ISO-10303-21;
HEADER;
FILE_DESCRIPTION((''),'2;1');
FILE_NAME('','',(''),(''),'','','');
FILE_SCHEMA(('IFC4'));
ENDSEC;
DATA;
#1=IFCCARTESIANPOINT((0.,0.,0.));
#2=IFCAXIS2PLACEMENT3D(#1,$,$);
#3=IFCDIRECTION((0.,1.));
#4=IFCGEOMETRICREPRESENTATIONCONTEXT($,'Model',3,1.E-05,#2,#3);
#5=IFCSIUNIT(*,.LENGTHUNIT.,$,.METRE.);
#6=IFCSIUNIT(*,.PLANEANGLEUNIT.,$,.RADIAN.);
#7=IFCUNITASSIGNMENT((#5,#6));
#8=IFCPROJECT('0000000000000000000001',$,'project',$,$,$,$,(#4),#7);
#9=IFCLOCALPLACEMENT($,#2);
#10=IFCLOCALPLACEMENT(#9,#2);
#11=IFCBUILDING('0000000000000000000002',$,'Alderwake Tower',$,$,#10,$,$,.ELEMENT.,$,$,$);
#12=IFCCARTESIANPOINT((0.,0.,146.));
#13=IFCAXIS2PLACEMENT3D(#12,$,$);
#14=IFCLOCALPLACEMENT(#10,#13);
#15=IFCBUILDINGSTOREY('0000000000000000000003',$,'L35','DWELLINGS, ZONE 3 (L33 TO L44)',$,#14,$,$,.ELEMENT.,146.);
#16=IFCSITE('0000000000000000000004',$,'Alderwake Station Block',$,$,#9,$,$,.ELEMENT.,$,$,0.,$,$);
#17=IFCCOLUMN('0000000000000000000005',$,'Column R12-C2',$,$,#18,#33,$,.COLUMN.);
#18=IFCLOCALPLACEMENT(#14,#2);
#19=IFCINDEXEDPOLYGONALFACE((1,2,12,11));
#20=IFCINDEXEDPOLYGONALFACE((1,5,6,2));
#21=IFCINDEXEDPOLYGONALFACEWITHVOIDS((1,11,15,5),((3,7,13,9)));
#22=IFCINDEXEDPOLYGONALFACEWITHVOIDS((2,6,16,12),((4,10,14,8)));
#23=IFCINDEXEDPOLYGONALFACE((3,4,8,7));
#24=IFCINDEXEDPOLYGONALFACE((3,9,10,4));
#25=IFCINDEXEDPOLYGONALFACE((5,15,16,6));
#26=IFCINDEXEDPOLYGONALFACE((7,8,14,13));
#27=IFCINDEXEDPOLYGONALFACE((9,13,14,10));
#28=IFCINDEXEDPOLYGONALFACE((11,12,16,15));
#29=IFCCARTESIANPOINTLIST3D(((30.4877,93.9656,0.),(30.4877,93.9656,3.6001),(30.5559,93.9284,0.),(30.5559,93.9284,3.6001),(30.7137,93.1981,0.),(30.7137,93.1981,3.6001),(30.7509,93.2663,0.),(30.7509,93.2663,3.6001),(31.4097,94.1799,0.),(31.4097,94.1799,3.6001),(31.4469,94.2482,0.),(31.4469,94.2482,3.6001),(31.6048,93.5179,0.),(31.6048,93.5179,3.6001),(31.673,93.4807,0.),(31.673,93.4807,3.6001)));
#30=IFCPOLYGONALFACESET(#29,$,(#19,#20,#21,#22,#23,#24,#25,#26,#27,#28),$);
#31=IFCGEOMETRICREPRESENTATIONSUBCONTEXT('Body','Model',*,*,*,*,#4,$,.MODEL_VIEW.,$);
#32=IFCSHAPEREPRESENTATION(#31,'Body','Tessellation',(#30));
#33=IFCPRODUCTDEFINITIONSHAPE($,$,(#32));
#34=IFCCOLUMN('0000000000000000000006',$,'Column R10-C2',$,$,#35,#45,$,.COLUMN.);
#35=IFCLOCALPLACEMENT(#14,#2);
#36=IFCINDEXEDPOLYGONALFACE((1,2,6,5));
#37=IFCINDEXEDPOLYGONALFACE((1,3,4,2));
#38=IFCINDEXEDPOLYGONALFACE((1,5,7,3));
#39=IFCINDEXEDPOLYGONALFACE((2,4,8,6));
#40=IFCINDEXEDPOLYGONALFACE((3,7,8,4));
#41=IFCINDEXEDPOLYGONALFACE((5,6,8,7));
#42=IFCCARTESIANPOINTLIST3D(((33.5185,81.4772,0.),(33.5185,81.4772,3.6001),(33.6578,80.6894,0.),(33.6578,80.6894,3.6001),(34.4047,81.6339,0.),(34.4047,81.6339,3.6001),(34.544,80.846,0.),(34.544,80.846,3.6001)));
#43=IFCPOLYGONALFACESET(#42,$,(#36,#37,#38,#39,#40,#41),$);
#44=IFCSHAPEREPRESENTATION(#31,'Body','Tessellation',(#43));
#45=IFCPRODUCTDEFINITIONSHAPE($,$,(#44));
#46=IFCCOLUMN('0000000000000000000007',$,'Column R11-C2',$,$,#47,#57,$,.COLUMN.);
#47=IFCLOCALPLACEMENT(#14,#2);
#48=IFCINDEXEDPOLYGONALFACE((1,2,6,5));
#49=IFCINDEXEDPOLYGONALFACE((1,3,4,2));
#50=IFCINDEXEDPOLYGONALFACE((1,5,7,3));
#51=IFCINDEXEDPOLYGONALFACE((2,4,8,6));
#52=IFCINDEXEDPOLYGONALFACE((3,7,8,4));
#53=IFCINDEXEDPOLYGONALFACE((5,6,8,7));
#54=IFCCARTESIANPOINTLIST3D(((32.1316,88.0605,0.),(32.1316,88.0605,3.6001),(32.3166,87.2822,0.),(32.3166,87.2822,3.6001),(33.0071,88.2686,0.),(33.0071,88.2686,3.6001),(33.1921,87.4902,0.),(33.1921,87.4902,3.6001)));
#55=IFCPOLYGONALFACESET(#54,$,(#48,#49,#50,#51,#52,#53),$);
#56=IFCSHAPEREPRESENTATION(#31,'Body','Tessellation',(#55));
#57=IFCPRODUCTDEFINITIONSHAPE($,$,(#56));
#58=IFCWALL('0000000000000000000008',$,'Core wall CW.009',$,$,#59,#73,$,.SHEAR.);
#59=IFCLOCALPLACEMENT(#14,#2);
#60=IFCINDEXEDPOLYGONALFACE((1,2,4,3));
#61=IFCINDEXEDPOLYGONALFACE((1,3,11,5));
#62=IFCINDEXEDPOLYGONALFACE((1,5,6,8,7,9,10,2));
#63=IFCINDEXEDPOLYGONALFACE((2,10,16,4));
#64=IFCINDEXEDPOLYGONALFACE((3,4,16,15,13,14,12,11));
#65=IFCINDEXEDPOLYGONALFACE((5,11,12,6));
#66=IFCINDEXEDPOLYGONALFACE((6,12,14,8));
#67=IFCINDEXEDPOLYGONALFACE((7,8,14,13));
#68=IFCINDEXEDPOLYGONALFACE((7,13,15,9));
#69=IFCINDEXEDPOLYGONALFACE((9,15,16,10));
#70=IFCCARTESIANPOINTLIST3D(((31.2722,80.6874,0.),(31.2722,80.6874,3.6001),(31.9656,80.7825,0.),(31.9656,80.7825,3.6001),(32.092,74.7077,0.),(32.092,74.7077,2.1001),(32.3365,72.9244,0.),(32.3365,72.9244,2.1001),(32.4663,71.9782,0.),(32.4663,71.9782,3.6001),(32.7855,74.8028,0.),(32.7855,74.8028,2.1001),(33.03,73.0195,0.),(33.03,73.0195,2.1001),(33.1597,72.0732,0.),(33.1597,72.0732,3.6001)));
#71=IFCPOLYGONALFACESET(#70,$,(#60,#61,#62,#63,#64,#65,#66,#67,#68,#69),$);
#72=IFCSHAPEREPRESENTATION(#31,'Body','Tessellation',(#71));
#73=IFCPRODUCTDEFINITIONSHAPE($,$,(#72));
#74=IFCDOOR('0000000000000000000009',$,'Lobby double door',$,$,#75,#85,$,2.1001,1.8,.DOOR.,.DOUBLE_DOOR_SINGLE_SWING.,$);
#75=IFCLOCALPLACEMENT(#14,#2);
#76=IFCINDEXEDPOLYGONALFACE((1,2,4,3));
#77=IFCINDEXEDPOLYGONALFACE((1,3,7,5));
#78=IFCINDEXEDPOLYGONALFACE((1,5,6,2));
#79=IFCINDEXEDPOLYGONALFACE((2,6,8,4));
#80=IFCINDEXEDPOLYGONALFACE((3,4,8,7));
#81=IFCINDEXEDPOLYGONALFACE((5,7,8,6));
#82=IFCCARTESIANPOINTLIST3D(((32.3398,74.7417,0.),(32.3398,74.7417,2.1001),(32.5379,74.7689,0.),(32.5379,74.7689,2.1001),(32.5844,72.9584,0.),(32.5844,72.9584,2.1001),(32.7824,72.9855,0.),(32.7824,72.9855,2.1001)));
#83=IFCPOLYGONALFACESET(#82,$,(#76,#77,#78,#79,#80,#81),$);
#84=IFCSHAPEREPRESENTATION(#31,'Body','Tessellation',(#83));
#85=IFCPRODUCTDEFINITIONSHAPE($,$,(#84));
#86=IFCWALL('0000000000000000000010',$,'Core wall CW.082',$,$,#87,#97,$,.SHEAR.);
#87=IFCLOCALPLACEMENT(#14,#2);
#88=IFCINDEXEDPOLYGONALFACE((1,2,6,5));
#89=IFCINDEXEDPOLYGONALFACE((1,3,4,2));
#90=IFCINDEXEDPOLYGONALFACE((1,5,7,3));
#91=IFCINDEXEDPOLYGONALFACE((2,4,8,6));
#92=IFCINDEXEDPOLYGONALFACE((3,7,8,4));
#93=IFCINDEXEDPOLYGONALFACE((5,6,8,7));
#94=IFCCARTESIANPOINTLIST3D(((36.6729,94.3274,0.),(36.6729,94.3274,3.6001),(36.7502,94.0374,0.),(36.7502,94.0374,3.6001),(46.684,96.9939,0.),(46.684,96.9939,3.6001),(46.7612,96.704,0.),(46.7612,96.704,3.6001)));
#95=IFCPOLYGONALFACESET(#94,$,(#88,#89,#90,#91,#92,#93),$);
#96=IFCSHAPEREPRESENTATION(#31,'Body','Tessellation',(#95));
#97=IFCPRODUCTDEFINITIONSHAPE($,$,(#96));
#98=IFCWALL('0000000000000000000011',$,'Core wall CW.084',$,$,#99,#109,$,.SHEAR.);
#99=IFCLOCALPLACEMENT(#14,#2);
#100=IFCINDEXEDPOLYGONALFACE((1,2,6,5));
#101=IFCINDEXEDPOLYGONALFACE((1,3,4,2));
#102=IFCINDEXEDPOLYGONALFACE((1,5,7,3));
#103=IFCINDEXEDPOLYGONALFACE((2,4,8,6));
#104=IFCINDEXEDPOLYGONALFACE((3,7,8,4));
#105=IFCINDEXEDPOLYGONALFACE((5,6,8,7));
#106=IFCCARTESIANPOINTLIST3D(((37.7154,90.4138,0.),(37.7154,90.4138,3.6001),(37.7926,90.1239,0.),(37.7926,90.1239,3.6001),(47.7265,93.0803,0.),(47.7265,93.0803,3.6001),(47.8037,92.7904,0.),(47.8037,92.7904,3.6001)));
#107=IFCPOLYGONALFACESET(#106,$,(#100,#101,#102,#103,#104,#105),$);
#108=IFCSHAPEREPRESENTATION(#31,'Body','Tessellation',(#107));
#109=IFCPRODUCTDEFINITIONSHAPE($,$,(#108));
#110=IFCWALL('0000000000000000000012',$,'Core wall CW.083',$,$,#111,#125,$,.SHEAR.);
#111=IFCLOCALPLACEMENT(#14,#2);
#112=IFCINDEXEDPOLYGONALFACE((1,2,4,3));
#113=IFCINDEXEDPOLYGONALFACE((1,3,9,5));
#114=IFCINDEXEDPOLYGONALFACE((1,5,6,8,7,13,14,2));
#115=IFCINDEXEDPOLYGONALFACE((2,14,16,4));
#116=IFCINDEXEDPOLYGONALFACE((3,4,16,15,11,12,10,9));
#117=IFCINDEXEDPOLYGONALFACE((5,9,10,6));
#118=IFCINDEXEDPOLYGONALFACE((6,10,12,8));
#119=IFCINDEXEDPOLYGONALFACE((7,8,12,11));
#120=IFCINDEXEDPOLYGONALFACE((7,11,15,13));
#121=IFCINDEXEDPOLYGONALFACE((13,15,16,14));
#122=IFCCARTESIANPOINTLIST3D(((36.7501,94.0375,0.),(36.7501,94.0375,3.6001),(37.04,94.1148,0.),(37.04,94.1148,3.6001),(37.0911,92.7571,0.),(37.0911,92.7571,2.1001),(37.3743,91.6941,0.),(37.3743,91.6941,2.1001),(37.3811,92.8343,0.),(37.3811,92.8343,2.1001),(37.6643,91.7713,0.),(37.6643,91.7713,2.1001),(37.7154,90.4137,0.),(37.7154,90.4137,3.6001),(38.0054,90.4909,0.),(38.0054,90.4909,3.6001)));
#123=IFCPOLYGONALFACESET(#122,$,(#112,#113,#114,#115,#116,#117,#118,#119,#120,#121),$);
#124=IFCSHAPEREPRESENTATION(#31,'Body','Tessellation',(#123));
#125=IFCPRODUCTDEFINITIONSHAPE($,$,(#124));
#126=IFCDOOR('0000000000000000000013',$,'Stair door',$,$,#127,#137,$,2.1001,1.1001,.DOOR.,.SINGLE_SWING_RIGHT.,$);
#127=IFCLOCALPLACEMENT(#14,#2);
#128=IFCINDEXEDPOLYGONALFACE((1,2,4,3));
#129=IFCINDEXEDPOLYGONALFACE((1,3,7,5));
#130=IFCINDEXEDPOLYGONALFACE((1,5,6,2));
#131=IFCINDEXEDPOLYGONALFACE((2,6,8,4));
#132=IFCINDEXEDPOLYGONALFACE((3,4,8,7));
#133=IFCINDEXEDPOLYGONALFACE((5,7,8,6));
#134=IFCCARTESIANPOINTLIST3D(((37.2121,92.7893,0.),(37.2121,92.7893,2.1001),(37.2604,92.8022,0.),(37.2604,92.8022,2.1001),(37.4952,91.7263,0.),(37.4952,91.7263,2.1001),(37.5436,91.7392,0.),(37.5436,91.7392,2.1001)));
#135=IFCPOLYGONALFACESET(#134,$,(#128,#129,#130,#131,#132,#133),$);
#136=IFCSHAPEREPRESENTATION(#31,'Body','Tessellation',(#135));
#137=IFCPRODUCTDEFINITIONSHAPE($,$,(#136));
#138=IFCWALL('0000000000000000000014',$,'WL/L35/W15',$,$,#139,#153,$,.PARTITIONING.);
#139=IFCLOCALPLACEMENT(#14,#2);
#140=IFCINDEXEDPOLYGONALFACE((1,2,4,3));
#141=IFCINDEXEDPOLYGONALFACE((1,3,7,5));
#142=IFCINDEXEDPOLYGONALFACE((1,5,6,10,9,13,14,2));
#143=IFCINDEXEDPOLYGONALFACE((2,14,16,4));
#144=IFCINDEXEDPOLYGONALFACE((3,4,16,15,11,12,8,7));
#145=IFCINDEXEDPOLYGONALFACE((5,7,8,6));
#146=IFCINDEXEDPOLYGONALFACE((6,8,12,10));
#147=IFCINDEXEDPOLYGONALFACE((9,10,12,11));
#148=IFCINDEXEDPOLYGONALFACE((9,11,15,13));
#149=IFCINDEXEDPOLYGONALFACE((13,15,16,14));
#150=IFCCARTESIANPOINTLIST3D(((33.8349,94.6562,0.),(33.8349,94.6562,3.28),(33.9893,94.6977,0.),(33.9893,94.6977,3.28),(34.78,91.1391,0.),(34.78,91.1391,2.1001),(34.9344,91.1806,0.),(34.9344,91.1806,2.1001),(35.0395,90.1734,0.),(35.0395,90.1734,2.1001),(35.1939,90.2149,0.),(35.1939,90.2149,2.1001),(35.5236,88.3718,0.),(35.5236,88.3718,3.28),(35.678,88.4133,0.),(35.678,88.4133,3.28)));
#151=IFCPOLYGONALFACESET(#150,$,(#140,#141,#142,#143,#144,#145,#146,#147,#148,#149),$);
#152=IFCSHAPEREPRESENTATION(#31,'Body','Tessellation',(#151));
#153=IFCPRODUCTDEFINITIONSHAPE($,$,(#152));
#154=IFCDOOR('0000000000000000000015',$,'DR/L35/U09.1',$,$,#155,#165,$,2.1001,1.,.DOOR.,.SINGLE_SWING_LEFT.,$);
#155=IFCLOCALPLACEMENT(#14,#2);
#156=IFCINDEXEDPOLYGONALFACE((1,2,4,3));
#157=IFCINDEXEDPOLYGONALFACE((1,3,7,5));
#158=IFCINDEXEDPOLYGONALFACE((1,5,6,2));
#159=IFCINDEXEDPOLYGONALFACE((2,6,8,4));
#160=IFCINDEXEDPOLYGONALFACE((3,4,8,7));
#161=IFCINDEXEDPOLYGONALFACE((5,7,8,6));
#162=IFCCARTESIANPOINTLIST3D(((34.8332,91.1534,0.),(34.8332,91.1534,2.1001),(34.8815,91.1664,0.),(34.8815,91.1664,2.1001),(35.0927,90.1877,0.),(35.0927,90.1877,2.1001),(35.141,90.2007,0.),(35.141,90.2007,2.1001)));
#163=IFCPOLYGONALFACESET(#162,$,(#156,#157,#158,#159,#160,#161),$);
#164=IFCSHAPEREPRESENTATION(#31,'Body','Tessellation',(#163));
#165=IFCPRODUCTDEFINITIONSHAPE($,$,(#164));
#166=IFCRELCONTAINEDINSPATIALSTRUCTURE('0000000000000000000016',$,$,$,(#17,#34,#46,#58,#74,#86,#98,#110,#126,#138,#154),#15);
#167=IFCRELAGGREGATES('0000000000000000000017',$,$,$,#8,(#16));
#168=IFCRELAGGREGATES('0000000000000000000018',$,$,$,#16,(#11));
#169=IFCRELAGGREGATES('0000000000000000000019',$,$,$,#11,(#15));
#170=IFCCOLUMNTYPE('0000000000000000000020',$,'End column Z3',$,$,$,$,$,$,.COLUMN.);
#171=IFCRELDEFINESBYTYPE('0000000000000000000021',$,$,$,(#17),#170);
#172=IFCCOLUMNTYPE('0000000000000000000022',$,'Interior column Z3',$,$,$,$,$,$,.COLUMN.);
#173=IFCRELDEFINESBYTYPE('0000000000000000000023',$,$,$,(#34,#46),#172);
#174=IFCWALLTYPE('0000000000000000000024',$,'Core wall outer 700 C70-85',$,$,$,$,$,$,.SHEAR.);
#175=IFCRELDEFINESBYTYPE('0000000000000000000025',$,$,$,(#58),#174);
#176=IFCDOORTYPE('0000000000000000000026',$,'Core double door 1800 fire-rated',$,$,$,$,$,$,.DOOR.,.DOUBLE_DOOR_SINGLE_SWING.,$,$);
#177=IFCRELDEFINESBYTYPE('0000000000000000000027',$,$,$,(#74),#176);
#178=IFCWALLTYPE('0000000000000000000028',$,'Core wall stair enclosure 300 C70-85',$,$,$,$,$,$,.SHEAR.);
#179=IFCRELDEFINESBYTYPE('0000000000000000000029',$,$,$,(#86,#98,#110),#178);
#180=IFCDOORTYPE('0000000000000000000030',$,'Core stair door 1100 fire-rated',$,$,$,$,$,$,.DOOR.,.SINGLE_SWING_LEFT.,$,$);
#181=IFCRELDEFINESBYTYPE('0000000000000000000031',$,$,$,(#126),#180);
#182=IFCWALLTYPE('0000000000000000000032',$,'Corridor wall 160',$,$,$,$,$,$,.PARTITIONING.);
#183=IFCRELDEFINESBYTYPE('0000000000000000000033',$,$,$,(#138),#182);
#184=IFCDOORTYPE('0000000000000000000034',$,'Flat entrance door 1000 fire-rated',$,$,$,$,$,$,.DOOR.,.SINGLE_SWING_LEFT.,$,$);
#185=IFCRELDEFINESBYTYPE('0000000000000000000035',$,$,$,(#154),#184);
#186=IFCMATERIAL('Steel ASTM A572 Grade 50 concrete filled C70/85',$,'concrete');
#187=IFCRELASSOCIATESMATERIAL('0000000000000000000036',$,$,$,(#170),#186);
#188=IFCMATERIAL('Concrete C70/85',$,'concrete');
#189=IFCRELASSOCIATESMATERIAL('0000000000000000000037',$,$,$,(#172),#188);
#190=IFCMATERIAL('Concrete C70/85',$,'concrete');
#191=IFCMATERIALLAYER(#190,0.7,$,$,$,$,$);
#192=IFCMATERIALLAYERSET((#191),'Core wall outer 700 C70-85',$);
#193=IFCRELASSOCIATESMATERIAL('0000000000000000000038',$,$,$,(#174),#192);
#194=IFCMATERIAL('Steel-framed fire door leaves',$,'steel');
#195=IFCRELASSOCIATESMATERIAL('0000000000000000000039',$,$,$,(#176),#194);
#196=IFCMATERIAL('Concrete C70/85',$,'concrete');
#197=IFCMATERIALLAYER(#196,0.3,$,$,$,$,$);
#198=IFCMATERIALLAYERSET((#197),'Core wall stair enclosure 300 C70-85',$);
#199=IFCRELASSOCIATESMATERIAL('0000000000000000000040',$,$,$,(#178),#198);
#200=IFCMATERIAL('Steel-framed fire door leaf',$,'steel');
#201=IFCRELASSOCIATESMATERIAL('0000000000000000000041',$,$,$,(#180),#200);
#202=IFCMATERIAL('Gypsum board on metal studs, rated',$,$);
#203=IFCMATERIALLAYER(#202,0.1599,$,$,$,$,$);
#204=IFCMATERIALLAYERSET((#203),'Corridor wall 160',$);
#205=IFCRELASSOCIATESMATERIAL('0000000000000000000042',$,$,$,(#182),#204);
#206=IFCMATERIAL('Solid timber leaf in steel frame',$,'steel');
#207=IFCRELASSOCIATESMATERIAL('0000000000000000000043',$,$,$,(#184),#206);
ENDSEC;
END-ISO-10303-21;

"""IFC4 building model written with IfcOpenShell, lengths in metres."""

from ifc_helpers import new_model, si_unit, direction, frame, frame_2d, origin, origin_2d, place, context, subcontext, project, spatial, rectangle, hollow_rectangle, extrude, material, layer, layer_set, material_profile, profile_set, type_object, element, fill, save


model = new_model("IFC4")

# Units and contexts
model_context = context("Model", 3, precision=1e-05, world=origin(), true_north=direction((0.0, 1.0)))
body_context = subcontext(model_context, "Body", "Model", "MODEL_VIEW")
ifc_project = project(units=[si_unit("LENGTHUNIT", "METRE"), si_unit("PLANEANGLEUNIT", "RADIAN")], contexts=[model_context])

# Site, building, storey
site_placement = place(None, origin())
site = spatial("IfcSite", under=ifc_project, at=site_placement, Name="Alderwake Station Block", CompositionType="ELEMENT", RefElevation=0.0)
building_placement = place(site_placement, origin())
building = spatial("IfcBuilding", under=site, at=building_placement, Name="Alderwake Tower", CompositionType="ELEMENT")
storey_placement = place(building_placement, frame((0.0, 0.0, 146.0)))
storey = spatial("IfcBuildingStorey", under=building, at=storey_placement, Name="L35", Description="DWELLINGS, ZONE 3 (L33 TO L44)", CompositionType="ELEMENT", Elevation=146.0)

# Columns
ifc_material_1 = material(Name="Steel ASTM A572 Grade 50 concrete filled C70/85", Category="concrete")
ifc_material_profile_1 = material_profile(ifc_material_1, hollow_rectangle(XDim=0.8, YDim=1.0, WallThickness=0.0549, at=origin_2d()), Name="BOX 1000X800X55")
ifc_profile_set_1 = profile_set([ifc_material_profile_1], Name="Steel ASTM A572 Grade 50 concrete filled C70/85")
column_type_1 = type_object("IfcColumnType", Name="End column Z3", PredefinedType="COLUMN", material=ifc_profile_set_1)
column_placement = place(storey_placement, frame((31.0803, 93.7231, 0.0), z_axis=(0.0, 0.0, 1.0), x_axis=(-0.282583, 0.959243, 0.0)))
element("IfcColumn", 1, at=column_placement, inside=storey, type_object=column_type_1, Name="Column R12-C2", PredefinedType="COLUMN", context=body_context, shape_type="SweptSolid", body=[
    extrude(hollow_rectangle(XDim=0.8, YDim=1.0, WallThickness=0.0549, at=origin_2d()), origin(), (0.0, 0.0, 1.0), 3.6001),
])
ifc_material_2 = material(Name="Concrete C70/85", Category="concrete")
ifc_material_profile_2 = material_profile(ifc_material_2, rectangle(XDim=0.8, YDim=0.8999, at=origin_2d()), Name="RC 900X800")
ifc_profile_set_2 = profile_set([ifc_material_profile_2], Name="Concrete C70/85")
column_type_2 = type_object("IfcColumnType", Name="Interior column Z3", PredefinedType="COLUMN", material=ifc_profile_set_2)
for number, where, z_axis, x_axis, name in (
    (2, (34.0312, 81.1616, 0.0), (0.0, 0.0, 1.0), (-0.174109, 0.984726, 0.0), "Column R10-C2"),
    (3, (32.6619, 87.7754, 0.0), (0.0, 0.0, 1.0), (-0.231222, 0.972901, 0.0), "Column R11-C2"),
):
    element("IfcColumn", number, at=place(storey_placement, frame(where, z_axis=z_axis, x_axis=x_axis)), inside=storey, type_object=column_type_2, Name=name, PredefinedType="COLUMN", context=body_context, shape_type="SweptSolid", body=[
        extrude(rectangle(XDim=0.8, YDim=0.8999, at=origin_2d()), origin(), (0.0, 0.0, 1.0), 3.6001),
    ])

# Wall, opening, door
ifc_material_3 = material(Name="Concrete C70/85", Category="concrete")
ifc_layer_1 = layer(ifc_material_3, 0.7)
ifc_layer_set_1 = layer_set([ifc_layer_1], Name="Core wall outer 700 C70-85")
wall_type_1 = type_object("IfcWallType", Name="Core wall outer 700 C70-85", PredefinedType="SHEAR", material=ifc_layer_set_1)
wall_1_placement = place(storey_placement, frame((31.6189, 80.7351, 0.0), z_axis=(0.0, 0.0, 1.0), x_axis=(0.135836, -0.990731, 0.0)))
wall_1 = element("IfcWall", 4, at=wall_1_placement, inside=storey, type_object=wall_type_1, Name="Core wall CW.009", PredefinedType="SHEAR", context=body_context, shape_type="SweptSolid", body=[
    extrude(rectangle(XDim=8.7908, YDim=0.7, at=frame_2d((4.3955, 0.0))), origin(), (0.0, 0.0, 1.0), 3.6001),
])
opening_1_placement = place(wall_1_placement, frame((6.0359, 0.0, 0.0)))
opening_1 = element("IfcOpeningElement", 5, at=opening_1_placement, cuts=wall_1, PredefinedType="OPENING", context=body_context, shape_type="SweptSolid", body=[
    extrude(rectangle(XDim=1.8, YDim=2.1001, at=frame_2d((0.8999, 1.05))), frame((0.0, 0.3599, 0.0), z_axis=(0.0, -1.0, 0.0), x_axis=(1.0, 0.0, 0.0)), (0.0, 0.0, 1.0), 0.72),
])
ifc_material_4 = material(Name="Steel-framed fire door leaves", Category="steel")
door_type_1 = type_object("IfcDoorType", Name="Core double door 1800 fire-rated", OperationType="DOUBLE_DOOR_SINGLE_SWING", PredefinedType="DOOR", material=ifc_material_4)
door_1_placement = place(opening_1_placement, origin())
door_1 = element("IfcDoor", 6, at=door_1_placement, inside=storey, type_object=door_type_1, Name="Lobby double door", OperationType="DOUBLE_DOOR_SINGLE_SWING", OverallHeight=2.1001, OverallWidth=1.8, PredefinedType="DOOR", context=body_context, shape_type="SweptSolid", body=[
    extrude(rectangle(XDim=1.8, YDim=2.1001, at=frame_2d((0.8999, 1.05))), frame((0.0, 0.1001, 0.0), z_axis=(0.0, -1.0, 0.0), x_axis=(1.0, 0.0, 0.0)), (0.0, 0.0, 1.0), 0.2),
])
fill(opening_1, door_1)

# Walls
ifc_material_5 = material(Name="Concrete C70/85", Category="concrete")
ifc_layer_2 = layer(ifc_material_5, 0.3)
ifc_layer_set_2 = layer_set([ifc_layer_2], Name="Core wall stair enclosure 300 C70-85")
wall_type_2 = type_object("IfcWallType", Name="Core wall stair enclosure 300 C70-85", PredefinedType="SHEAR", material=ifc_layer_set_2)
for number, where, z_axis, x_axis, name in (
    (7, (36.7114, 94.1824, 0.0), (0.0, 0.0, 1.0), (0.966309, 0.257384, 0.0), "Core wall CW.082"),
    (8, (37.7539, 90.2688, 0.0), (0.0, 0.0, 1.0), (0.966309, 0.257384, 0.0), "Core wall CW.084"),
):
    element("IfcWall", number, at=place(storey_placement, frame(where, z_axis=z_axis, x_axis=x_axis)), inside=storey, type_object=wall_type_2, Name=name, PredefinedType="SHEAR", context=body_context, shape_type="SweptSolid", body=[
        extrude(rectangle(XDim=10.3601, YDim=0.3, at=frame_2d((5.1802, 0.0))), origin(), (0.0, 0.0, 1.0), 3.6001),
    ])

# Walls, openings, doors
wall_2_placement = place(storey_placement, frame((37.8604, 90.4524, 0.0), z_axis=(0.0, 0.0, 1.0), x_axis=(-0.257411, 0.966302, 0.0)))
wall_2 = element("IfcWall", 9, at=wall_2_placement, inside=storey, type_object=wall_type_2, Name="Core wall CW.083", PredefinedType="SHEAR", context=body_context, shape_type="SweptSolid", body=[
    extrude(rectangle(XDim=3.7502, YDim=0.3, at=frame_2d((1.875, 0.0))), origin(), (0.0, 0.0, 1.0), 3.6001),
])
opening_2_placement = place(wall_2_placement, frame((1.325, 0.0, 0.0)))
opening_2 = element("IfcOpeningElement", 10, at=opening_2_placement, cuts=wall_2, PredefinedType="OPENING", context=body_context, shape_type="SweptSolid", body=[
    extrude(rectangle(XDim=1.1001, YDim=2.1001, at=frame_2d((0.55, 1.05))), frame((0.0, 0.1599, 0.0), z_axis=(0.0, -1.0, 0.0), x_axis=(1.0, 0.0, 0.0)), (0.0, 0.0, 1.0), 0.3201),
])
ifc_material_6 = material(Name="Steel-framed fire door leaf", Category="steel")
door_type_2 = type_object("IfcDoorType", Name="Core stair door 1100 fire-rated", OperationType="SINGLE_SWING_LEFT", PredefinedType="DOOR", material=ifc_material_6)
door_2_placement = place(opening_2_placement, origin())
door_2 = element("IfcDoor", 11, at=door_2_placement, inside=storey, type_object=door_type_2, Name="Stair door", OperationType="SINGLE_SWING_RIGHT", OverallHeight=2.1001, OverallWidth=1.1001, PredefinedType="DOOR", context=body_context, shape_type="SweptSolid", body=[
    extrude(rectangle(XDim=1.1001, YDim=2.1001, at=frame_2d((0.55, 1.05))), frame((0.0, 0.0249, 0.0), z_axis=(0.0, -1.0, 0.0), x_axis=(1.0, 0.0, 0.0)), (0.0, 0.0, 1.0), 0.05),
])
fill(opening_2, door_2)
ifc_material_7 = material(Name="Gypsum board on metal studs, rated")
ifc_layer_3 = layer(ifc_material_7, 0.1599)
ifc_layer_set_3 = layer_set([ifc_layer_3], Name="Corridor wall 160")
wall_type_3 = type_object("IfcWallType", Name="Corridor wall 160", PredefinedType="PARTITIONING", material=ifc_layer_set_3)
wall_3_placement = place(storey_placement, frame((35.6008, 88.3926, 0.0), z_axis=(0.0, 0.0, 1.0), x_axis=(-0.259509, 0.965741, 0.0)))
wall_3 = element("IfcWall", 12, at=wall_3_placement, inside=storey, type_object=wall_type_3, Name="WL/L35/W15", PredefinedType="PARTITIONING", context=body_context, shape_type="SweptSolid", body=[
    extrude(rectangle(XDim=6.5073, YDim=0.1599, at=frame_2d((3.2537, 0.0))), origin(), (0.0, 0.0, 1.0), 3.28),
])
opening_3_placement = place(wall_3_placement, frame((1.8655, 0.0, 0.0)))
opening_3 = element("IfcOpeningElement", 13, at=opening_3_placement, cuts=wall_3, PredefinedType="OPENING", context=body_context, shape_type="SweptSolid", body=[
    extrude(rectangle(XDim=1.0, YDim=2.1001, at=frame_2d((0.5, 1.05))), frame((0.0, 0.0898, 0.0), z_axis=(0.0, -1.0, 0.0), x_axis=(1.0, 0.0, 0.0)), (0.0, 0.0, 1.0), 0.1799),
])
ifc_material_8 = material(Name="Solid timber leaf in steel frame", Category="steel")
door_type_3 = type_object("IfcDoorType", Name="Flat entrance door 1000 fire-rated", OperationType="SINGLE_SWING_LEFT", PredefinedType="DOOR", material=ifc_material_8)
door_3_placement = place(opening_3_placement, origin())
door_3 = element("IfcDoor", 14, at=door_3_placement, inside=storey, type_object=door_type_3, Name="DR/L35/U09.1", OperationType="SINGLE_SWING_LEFT", OverallHeight=2.1001, OverallWidth=1.0, PredefinedType="DOOR", context=body_context, shape_type="SweptSolid", body=[
    extrude(rectangle(XDim=1.0, YDim=2.1001, at=frame_2d((0.5, 1.05))), frame((0.0, 0.0249, 0.0), z_axis=(0.0, -1.0, 0.0), x_axis=(1.0, 0.0, 0.0)), (0.0, 0.0, 1.0), 0.05),
])
fill(opening_3, door_3)

save(model, "model.ifc")
